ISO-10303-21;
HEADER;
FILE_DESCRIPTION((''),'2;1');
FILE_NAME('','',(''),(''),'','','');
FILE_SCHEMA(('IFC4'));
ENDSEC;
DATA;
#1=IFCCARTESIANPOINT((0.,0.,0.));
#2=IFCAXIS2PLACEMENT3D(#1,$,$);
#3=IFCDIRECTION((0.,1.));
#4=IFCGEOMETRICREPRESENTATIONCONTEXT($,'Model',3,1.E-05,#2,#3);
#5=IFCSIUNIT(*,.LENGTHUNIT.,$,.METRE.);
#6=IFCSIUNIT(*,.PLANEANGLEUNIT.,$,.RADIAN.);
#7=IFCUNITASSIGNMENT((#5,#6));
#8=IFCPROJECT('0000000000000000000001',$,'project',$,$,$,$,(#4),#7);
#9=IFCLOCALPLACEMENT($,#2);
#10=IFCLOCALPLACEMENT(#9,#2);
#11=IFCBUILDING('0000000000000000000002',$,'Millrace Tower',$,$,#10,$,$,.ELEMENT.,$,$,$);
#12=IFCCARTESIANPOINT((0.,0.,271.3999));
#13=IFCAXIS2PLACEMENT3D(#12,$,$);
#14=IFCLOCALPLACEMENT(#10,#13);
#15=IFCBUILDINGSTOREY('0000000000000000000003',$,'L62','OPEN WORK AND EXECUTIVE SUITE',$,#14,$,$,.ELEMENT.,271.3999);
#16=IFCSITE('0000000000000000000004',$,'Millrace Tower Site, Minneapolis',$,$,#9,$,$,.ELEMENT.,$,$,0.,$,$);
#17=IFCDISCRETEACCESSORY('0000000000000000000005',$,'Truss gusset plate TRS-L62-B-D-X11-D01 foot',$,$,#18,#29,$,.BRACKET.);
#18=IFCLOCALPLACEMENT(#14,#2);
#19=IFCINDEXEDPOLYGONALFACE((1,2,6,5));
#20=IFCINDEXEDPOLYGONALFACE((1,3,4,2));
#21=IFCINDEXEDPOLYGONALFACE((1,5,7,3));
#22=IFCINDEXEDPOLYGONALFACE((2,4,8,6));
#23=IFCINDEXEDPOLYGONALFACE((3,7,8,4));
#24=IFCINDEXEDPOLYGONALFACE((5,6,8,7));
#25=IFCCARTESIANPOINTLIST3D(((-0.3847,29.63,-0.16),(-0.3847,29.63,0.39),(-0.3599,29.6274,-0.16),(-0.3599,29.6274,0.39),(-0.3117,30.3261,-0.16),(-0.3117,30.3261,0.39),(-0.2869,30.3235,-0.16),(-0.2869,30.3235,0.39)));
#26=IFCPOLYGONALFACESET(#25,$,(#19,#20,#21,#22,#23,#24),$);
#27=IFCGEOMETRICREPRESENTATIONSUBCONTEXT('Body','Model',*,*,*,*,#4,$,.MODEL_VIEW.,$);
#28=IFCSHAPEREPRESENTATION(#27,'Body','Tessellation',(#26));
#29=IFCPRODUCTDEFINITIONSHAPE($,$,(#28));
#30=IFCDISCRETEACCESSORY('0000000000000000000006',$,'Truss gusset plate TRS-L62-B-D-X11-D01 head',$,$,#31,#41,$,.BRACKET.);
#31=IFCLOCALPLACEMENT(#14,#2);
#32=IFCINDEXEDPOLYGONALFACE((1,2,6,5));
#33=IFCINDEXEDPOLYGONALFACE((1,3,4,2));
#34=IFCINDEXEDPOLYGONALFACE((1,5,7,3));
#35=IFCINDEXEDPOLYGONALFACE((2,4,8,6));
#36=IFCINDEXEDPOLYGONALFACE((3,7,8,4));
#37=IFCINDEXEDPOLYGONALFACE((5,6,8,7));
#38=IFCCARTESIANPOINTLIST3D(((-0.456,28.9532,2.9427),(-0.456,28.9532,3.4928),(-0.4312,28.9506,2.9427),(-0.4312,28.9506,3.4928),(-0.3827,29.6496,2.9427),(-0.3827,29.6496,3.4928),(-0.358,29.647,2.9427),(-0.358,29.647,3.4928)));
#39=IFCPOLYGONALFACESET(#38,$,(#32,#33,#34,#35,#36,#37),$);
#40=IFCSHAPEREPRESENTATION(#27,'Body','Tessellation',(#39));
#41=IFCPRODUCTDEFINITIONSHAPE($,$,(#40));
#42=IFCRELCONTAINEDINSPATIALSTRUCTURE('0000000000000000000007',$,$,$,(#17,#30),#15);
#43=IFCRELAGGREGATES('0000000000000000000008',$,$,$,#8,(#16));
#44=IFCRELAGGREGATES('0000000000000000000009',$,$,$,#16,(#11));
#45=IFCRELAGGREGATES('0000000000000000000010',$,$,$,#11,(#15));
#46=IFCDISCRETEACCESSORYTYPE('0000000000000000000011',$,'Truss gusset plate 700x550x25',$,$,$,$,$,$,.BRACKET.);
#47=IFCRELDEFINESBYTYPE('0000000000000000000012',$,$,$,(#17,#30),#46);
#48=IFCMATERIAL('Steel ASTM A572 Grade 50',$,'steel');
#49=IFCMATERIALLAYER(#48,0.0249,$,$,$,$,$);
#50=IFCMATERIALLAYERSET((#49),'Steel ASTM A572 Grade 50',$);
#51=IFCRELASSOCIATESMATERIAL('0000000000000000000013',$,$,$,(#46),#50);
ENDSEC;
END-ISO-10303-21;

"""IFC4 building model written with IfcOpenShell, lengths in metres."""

from ifc_helpers import new_model, si_unit, direction, frame, origin, origin_2d, place, context, subcontext, project, spatial, rectangle, extrude, material, layer, layer_set, type_object, element, save


model = new_model("IFC4")

# Units and contexts
model_context = context("Model", 3, precision=1e-05, world=origin(), true_north=direction((0.0, 1.0)))
body_context = subcontext(model_context, "Body", "Model", "MODEL_VIEW")
ifc_project = project(units=[si_unit("LENGTHUNIT", "METRE"), si_unit("PLANEANGLEUNIT", "RADIAN")], contexts=[model_context])

# Site, building, storey
site_placement = place(None, origin())
site = spatial("IfcSite", under=ifc_project, at=site_placement, Name="Millrace Tower Site, Minneapolis", CompositionType="ELEMENT", RefElevation=0.0)
building_placement = place(site_placement, origin())
building = spatial("IfcBuilding", under=site, at=building_placement, Name="Millrace Tower", CompositionType="ELEMENT")
storey_placement = place(building_placement, frame((0.0, 0.0, 271.3999)))
storey = spatial("IfcBuildingStorey", under=building, at=storey_placement, Name="L62", Description="OPEN WORK AND EXECUTIVE SUITE", CompositionType="ELEMENT", Elevation=271.3999)

# Discrete accessories
ifc_material_1 = material(Name="Steel ASTM A572 Grade 50", Category="steel")
ifc_layer_1 = layer(ifc_material_1, 0.0249)
ifc_layer_set_1 = layer_set([ifc_layer_1], Name="Steel ASTM A572 Grade 50")
discrete_accessory_type = type_object("IfcDiscreteAccessoryType", Name="Truss gusset plate 700x550x25", PredefinedType="BRACKET", material=ifc_layer_set_1)
for number, where, z_axis, x_axis, name in (
    (1, (-0.3723, 29.6287, 0.115), (0.104303, 0.994546, 0.0), (-0.994546, 0.104303, 0.0), "Truss gusset plate TRS-L62-B-D-X11-D01 foot"),
):
    element("IfcDiscreteAccessory", number, at=place(storey_placement, frame(where, z_axis=z_axis, x_axis=x_axis)), inside=storey, type_object=discrete_accessory_type, Name=name, PredefinedType="BRACKET", context=body_context, shape_type="SweptSolid", body=[
        extrude(rectangle(XDim=0.0249, YDim=0.55, at=origin_2d()), origin(), (0.0, 0.0, 1.0), 0.7),
    ])
discrete_accessory_placement = place(storey_placement, frame((-0.4436, 28.9519, 3.2178), z_axis=(0.104612, 0.994513, 0.0), x_axis=(-0.994513, 0.104612, 0.0)))
element("IfcDiscreteAccessory", 2, at=discrete_accessory_placement, inside=storey, type_object=discrete_accessory_type, Name="Truss gusset plate TRS-L62-B-D-X11-D01 head", PredefinedType="BRACKET", context=body_context, shape_type="SweptSolid", body=[
    extrude(rectangle(XDim=0.0249, YDim=0.55, at=origin_2d()), origin(), (0.0, 0.0, 1.0), 0.7002),
])

save(model, "model.ifc")
